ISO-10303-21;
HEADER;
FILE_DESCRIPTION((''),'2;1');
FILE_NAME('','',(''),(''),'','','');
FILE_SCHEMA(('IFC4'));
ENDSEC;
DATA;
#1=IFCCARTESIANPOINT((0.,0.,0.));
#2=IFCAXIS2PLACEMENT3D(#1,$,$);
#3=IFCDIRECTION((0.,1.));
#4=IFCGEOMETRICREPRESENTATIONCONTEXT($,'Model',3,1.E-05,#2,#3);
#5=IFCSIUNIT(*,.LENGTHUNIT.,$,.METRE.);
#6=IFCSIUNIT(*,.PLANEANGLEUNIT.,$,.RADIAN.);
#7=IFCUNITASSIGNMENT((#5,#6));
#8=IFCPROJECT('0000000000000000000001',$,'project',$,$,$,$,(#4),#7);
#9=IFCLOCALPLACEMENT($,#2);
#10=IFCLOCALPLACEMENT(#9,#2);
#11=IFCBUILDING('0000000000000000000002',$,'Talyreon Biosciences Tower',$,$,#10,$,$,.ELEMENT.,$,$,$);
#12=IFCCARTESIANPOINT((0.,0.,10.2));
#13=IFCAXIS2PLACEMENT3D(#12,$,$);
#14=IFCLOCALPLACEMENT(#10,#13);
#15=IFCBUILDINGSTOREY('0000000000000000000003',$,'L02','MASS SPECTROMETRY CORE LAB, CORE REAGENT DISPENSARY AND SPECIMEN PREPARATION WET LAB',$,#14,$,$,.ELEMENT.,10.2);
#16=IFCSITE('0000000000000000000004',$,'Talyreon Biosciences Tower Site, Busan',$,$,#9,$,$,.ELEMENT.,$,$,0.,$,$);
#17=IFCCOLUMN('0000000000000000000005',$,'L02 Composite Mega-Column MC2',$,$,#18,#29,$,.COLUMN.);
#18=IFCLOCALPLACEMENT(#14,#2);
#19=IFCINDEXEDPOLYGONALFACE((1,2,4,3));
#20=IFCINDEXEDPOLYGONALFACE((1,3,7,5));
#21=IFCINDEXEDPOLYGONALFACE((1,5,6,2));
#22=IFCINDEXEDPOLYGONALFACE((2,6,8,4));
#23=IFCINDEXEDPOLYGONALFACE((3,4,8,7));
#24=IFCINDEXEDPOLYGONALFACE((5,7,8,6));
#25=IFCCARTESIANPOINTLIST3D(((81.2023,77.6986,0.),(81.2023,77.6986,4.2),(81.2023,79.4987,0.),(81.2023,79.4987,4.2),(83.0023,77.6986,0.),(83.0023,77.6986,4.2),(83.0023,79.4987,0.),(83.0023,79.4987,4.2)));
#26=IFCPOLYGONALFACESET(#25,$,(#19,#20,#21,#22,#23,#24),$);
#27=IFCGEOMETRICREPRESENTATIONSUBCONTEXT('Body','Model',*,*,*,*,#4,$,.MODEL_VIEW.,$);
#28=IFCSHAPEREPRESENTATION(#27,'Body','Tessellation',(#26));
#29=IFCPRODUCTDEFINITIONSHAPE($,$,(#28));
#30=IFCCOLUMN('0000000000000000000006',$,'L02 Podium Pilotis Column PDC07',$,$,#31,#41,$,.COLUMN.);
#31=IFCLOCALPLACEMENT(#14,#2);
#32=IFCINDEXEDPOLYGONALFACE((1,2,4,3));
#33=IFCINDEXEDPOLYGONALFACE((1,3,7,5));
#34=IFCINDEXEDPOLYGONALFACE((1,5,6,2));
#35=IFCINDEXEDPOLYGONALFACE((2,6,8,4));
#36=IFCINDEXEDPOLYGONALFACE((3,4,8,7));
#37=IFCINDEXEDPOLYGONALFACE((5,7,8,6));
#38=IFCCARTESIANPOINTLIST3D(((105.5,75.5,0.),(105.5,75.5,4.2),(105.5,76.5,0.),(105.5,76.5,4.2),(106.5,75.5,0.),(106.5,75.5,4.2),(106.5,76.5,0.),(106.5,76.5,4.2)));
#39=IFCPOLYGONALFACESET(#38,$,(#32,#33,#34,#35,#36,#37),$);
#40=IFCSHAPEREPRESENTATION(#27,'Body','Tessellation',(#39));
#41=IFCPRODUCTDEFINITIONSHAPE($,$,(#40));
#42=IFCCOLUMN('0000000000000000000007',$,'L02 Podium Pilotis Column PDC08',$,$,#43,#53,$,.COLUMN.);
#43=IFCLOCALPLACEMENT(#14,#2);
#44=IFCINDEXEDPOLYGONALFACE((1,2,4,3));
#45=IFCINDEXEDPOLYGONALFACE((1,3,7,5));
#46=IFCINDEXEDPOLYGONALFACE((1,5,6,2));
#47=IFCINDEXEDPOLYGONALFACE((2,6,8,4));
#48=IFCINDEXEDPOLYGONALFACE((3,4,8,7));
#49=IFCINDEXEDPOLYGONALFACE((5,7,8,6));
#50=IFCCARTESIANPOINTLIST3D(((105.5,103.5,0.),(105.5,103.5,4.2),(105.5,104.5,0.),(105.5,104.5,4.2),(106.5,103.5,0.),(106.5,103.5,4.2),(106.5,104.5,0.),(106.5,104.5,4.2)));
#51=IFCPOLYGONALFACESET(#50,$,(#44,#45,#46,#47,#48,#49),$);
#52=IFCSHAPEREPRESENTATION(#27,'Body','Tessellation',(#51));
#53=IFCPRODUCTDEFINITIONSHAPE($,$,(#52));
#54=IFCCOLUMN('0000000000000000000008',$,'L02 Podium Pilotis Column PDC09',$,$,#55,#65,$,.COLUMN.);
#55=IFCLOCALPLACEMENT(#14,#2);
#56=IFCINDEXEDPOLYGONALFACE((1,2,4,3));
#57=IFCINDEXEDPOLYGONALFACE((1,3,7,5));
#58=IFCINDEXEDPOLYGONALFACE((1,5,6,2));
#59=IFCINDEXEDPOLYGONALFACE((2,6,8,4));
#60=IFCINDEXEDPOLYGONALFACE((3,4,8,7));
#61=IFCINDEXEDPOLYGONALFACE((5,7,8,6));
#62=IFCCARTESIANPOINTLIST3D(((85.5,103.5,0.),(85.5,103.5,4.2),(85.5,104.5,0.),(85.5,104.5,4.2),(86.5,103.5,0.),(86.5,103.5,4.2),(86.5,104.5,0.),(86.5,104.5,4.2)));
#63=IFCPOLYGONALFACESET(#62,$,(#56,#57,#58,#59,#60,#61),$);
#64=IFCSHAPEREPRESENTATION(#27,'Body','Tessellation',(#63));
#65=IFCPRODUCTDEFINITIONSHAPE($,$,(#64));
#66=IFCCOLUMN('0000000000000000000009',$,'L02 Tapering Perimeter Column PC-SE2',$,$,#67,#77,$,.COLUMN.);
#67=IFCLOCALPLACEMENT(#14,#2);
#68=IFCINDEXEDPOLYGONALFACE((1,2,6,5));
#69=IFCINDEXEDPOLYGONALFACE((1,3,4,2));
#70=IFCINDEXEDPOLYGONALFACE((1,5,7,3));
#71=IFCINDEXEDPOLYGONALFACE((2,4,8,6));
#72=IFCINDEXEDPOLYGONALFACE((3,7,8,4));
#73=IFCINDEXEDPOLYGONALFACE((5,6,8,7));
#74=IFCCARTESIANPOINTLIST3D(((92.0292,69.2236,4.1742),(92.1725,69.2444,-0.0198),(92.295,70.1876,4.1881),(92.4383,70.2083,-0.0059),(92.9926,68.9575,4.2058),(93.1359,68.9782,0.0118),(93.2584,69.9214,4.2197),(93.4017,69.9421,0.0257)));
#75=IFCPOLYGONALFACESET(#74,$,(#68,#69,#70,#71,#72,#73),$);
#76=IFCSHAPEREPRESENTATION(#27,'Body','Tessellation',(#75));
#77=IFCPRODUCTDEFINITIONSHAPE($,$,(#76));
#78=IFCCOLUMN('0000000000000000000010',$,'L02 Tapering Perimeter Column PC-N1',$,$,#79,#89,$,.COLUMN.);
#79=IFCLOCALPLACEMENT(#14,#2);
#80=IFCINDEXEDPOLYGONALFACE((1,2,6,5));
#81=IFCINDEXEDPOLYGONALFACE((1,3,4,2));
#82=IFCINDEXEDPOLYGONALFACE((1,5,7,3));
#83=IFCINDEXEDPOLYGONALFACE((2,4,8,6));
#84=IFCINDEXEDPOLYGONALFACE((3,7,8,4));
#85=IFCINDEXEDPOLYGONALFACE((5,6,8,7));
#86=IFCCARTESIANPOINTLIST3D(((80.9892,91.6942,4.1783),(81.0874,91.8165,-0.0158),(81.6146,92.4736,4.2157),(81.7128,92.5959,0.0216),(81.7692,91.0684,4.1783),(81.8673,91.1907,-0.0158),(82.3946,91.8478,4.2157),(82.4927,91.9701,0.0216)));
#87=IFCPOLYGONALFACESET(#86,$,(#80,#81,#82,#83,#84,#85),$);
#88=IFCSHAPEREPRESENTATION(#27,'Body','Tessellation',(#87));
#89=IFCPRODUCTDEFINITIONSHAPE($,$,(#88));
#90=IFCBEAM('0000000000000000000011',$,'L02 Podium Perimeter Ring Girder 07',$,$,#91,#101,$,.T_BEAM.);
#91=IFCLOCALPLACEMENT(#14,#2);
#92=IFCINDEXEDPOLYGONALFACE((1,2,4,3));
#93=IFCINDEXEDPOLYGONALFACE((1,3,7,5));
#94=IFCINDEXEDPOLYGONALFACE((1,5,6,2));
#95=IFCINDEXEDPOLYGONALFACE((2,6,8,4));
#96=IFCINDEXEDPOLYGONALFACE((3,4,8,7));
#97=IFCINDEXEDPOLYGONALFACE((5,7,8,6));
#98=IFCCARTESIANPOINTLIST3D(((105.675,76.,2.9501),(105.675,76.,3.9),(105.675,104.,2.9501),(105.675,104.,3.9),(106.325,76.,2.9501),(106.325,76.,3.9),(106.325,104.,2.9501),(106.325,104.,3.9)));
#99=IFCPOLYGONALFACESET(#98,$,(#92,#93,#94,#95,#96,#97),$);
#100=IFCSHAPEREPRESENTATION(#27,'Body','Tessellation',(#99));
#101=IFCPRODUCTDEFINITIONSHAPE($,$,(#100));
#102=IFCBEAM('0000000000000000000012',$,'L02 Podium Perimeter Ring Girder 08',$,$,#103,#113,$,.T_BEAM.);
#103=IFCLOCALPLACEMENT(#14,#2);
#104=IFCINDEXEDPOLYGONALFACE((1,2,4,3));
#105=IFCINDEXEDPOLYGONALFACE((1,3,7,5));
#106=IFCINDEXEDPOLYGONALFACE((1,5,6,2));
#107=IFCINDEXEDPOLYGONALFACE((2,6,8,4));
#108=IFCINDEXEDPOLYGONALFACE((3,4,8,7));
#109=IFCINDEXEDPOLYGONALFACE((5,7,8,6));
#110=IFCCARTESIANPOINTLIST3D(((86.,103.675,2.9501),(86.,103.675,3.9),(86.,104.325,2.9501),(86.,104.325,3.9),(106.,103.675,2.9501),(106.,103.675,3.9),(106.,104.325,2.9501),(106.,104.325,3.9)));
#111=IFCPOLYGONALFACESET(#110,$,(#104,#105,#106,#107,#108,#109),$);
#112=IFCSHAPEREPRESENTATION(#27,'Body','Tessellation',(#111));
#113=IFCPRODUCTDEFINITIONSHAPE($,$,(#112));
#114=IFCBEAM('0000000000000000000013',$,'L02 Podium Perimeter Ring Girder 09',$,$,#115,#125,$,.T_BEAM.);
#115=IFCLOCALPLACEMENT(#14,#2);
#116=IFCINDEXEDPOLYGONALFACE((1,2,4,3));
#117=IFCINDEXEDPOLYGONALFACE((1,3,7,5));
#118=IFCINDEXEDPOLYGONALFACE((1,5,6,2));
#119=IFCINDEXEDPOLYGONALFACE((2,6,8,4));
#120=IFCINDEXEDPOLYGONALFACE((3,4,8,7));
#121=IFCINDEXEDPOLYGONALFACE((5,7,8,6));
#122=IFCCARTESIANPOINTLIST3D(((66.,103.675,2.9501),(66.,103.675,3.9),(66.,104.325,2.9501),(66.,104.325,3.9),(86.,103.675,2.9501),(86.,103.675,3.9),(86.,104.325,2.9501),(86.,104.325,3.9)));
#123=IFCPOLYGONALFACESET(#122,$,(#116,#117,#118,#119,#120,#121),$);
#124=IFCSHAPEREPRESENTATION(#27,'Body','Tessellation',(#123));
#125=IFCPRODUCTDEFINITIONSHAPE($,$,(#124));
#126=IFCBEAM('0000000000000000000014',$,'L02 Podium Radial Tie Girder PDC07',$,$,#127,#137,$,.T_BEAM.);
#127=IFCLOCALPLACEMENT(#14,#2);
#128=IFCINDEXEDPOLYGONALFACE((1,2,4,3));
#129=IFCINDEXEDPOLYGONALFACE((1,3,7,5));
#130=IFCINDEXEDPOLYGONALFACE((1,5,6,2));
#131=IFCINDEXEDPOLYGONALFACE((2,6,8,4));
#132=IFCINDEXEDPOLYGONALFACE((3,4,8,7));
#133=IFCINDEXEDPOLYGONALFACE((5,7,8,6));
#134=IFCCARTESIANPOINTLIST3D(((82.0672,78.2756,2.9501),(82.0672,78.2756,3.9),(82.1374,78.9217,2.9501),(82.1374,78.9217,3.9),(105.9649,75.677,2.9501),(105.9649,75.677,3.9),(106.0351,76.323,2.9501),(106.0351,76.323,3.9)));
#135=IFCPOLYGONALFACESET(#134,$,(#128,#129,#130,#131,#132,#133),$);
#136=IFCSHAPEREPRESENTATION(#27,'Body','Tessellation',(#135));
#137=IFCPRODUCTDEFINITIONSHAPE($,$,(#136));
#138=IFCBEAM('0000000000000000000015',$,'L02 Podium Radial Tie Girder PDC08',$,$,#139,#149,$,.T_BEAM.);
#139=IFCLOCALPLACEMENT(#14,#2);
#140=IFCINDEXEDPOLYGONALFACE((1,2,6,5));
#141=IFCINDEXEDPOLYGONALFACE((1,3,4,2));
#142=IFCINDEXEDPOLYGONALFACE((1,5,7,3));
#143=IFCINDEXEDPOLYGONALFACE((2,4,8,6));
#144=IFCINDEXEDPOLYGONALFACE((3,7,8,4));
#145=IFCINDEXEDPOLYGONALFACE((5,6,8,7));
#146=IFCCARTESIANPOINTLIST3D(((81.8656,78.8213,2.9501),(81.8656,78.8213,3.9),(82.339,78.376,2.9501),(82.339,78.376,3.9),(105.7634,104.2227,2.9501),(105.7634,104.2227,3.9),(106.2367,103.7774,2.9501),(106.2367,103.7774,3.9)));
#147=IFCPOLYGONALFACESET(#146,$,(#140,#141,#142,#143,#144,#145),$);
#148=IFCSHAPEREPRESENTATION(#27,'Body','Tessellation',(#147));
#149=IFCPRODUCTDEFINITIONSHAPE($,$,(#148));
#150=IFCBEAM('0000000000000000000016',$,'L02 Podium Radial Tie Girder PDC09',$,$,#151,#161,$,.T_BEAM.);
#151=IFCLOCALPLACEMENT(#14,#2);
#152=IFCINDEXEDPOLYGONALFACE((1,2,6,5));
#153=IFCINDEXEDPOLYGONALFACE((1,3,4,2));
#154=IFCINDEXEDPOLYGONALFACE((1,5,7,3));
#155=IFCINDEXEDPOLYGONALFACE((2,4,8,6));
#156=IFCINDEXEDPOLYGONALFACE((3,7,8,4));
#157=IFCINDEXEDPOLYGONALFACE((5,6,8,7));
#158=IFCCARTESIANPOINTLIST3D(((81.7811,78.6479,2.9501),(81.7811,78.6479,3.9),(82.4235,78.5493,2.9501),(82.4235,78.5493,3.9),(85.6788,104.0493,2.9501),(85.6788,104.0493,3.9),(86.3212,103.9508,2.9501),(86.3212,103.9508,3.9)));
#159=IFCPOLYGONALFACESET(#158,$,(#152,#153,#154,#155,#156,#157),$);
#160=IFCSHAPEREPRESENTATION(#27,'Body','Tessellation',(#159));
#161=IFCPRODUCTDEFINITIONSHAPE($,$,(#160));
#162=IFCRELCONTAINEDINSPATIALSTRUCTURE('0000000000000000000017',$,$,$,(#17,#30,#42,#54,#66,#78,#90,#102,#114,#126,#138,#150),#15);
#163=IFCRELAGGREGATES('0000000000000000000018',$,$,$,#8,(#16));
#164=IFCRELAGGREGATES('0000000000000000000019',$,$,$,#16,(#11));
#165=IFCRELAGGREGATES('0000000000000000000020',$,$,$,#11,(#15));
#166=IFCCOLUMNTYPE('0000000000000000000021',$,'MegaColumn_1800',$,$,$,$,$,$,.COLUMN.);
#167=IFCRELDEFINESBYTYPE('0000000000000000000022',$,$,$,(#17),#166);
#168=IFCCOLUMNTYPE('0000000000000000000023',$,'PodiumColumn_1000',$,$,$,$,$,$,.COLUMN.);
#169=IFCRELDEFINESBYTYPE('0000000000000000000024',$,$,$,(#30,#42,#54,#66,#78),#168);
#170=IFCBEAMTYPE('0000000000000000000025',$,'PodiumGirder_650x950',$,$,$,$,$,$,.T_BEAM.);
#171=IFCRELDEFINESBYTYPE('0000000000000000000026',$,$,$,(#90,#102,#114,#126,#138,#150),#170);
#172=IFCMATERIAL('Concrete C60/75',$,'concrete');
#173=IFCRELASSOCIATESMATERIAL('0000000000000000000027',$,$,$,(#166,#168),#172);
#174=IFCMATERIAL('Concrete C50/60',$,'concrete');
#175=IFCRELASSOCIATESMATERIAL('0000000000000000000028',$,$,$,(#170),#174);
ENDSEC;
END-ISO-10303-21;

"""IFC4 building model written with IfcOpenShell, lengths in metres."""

from ifc_helpers import new_model, si_unit, direction, frame, origin, origin_2d, place, context, subcontext, project, spatial, rectangle, extrude, material, material_profile, profile_set, type_object, element, save


model = new_model("IFC4")

# Units and contexts
model_context = context("Model", 3, precision=1e-05, world=origin(), true_north=direction((0.0, 1.0)))
body_context = subcontext(model_context, "Body", "Model", "MODEL_VIEW")
ifc_project = project(units=[si_unit("LENGTHUNIT", "METRE"), si_unit("PLANEANGLEUNIT", "RADIAN")], contexts=[model_context])

# Site, building, storey
site_placement = place(None, origin())
site = spatial("IfcSite", under=ifc_project, at=site_placement, Name="Talyreon Biosciences Tower Site, Busan", CompositionType="ELEMENT", RefElevation=0.0)
building_placement = place(site_placement, origin())
building = spatial("IfcBuilding", under=site, at=building_placement, Name="Talyreon Biosciences Tower", CompositionType="ELEMENT")
storey_placement = place(building_placement, frame((0.0, 0.0, 10.2)))
storey = spatial("IfcBuildingStorey", under=building, at=storey_placement, Name="L02", Description="MASS SPECTROMETRY CORE LAB, CORE REAGENT DISPENSARY AND SPECIMEN PREPARATION WET LAB", CompositionType="ELEMENT", Elevation=10.2)

# Columns
ifc_material_1 = material(Name="Concrete C60/75", Category="concrete")
ifc_material_profile_1 = material_profile(ifc_material_1, rectangle(XDim=1.8, YDim=1.8, at=origin_2d()), Name="RC 1800x1800")
ifc_profile_set_1 = profile_set([ifc_material_profile_1], Name="Concrete C60/75")
column_type_1 = type_object("IfcColumnType", Name="MegaColumn_1800", PredefinedType="COLUMN", material=ifc_profile_set_1)
column_1_placement = place(storey_placement, frame((82.1023, 78.5986, 0.0), z_axis=(0.0, 0.0, 1.0), x_axis=(1.0, 0.0, 0.0)))
element("IfcColumn", 1, at=column_1_placement, inside=storey, type_object=column_type_1, Name="L02 Composite Mega-Column MC2", PredefinedType="COLUMN", context=body_context, shape_type="SweptSolid", body=[
    extrude(rectangle(XDim=1.8, YDim=1.8, at=origin_2d()), origin(), (0.0, 0.0, 1.0), 4.2),
])
ifc_material_profile_2 = material_profile(ifc_material_1, rectangle(XDim=1.0, YDim=1.0, at=origin_2d()), Name="RC 1000x1000")
ifc_profile_set_2 = profile_set([ifc_material_profile_2], Name="Concrete C60/75")
column_type_2 = type_object("IfcColumnType", Name="PodiumColumn_1000", PredefinedType="COLUMN", material=ifc_profile_set_2)
for number, where, z_axis, x_axis, name in (
    (2, (106.0, 76.0, 0.0), (0.0, 0.0, 1.0), (1.0, 0.0, 0.0), "L02 Podium Pilotis Column PDC07"),
    (3, (106.0, 104.0, 0.0), (0.0, 0.0, 1.0), (1.0, 0.0, 0.0), "L02 Podium Pilotis Column PDC08"),
    (4, (86.0, 104.0, 0.0), (0.0, 0.0, 1.0), (1.0, 0.0, 0.0), "L02 Podium Pilotis Column PDC09"),
):
    element("IfcColumn", number, at=place(storey_placement, frame(where, z_axis=z_axis, x_axis=x_axis)), inside=storey, type_object=column_type_2, Name=name, PredefinedType="COLUMN", context=body_context, shape_type="SweptSolid", body=[
        extrude(rectangle(XDim=1.0, YDim=1.0, at=origin_2d()), origin(), (0.0, 0.0, 1.0), 4.2),
    ])
column_2_placement = place(storey_placement, frame((92.7871, 69.5933, 0.0029), z_axis=(-0.034149, -0.004945, 0.999405), x_axis=(0.963404, -0.266183, 0.031602)))
element("IfcColumn", 5, at=column_2_placement, inside=storey, type_object=column_type_2, Name="L02 Tapering Perimeter Column PC-SE2", PredefinedType="COLUMN", context=body_context, shape_type="SweptSolid", body=[
    extrude(rectangle(XDim=1.0, YDim=1.0, at=origin_2d()), origin(), (0.0, 0.0, 1.0), 4.1965),
])
column_3_placement = place(storey_placement, frame((81.79, 91.8933, 0.0029), z_axis=(-0.023384, -0.029143, 0.999302), x_axis=(-0.779957, 0.625834, 0.0)))
element("IfcColumn", 6, at=column_3_placement, inside=storey, type_object=column_type_2, Name="L02 Tapering Perimeter Column PC-N1", PredefinedType="COLUMN", context=body_context, shape_type="SweptSolid", body=[
    extrude(rectangle(XDim=1.0, YDim=1.0, at=origin_2d()), origin(), (0.0, 0.0, 1.0), 4.197),
])

# Beams
ifc_material_2 = material(Name="Concrete C50/60", Category="concrete")
ifc_material_profile_3 = material_profile(ifc_material_2, rectangle(XDim=0.6499, YDim=0.95, at=origin_2d()), Name="RCB 650x950")
ifc_profile_set_3 = profile_set([ifc_material_profile_3], Name="Concrete C50/60")
beam_type_1 = type_object("IfcBeamType", Name="PodiumGirder_650x950", PredefinedType="T_BEAM", material=ifc_profile_set_3)
beam_1_placement = place(storey_placement, frame((106.0, 76.0, 3.425), z_axis=(0.0, 1.0, 0.0), x_axis=(-1.0, 0.0, 0.0)))
element("IfcBeam", 7, at=beam_1_placement, inside=storey, type_object=beam_type_1, Name="L02 Podium Perimeter Ring Girder 07", PredefinedType="T_BEAM", context=body_context, shape_type="SweptSolid", body=[
    extrude(rectangle(XDim=0.6499, YDim=0.95, at=origin_2d()), origin(), (0.0, 0.0, 1.0), 28.0),
])
for number, where, z_axis, x_axis, name in (
    (8, (106.0, 104.0, 3.425), (-1.0, 0.0, 0.0), (0.0, -1.0, 0.0), "L02 Podium Perimeter Ring Girder 08"),
    (9, (86.0, 104.0, 3.425), (-1.0, 0.0, 0.0), (0.0, -1.0, 0.0), "L02 Podium Perimeter Ring Girder 09"),
):
    element("IfcBeam", number, at=place(storey_placement, frame(where, z_axis=z_axis, x_axis=x_axis)), inside=storey, type_object=beam_type_1, Name=name, PredefinedType="T_BEAM", context=body_context, shape_type="SweptSolid", body=[
        extrude(rectangle(XDim=0.6499, YDim=0.95, at=origin_2d()), origin(), (0.0, 0.0, 1.0), 20.0),
    ])
beam_2_placement = place(storey_placement, frame((82.1023, 78.5986, 3.425), z_axis=(0.99414, -0.108103, 0.0), x_axis=(0.108103, 0.99414, 0.0)))
element("IfcBeam", 10, at=beam_2_placement, inside=storey, type_object=beam_type_1, Name="L02 Podium Radial Tie Girder PDC07", PredefinedType="T_BEAM", context=body_context, shape_type="SweptSolid", body=[
    extrude(rectangle(XDim=0.6499, YDim=0.95, at=origin_2d()), origin(), (0.0, 0.0, 1.0), 24.0386),
])
beam_3_placement = place(storey_placement, frame((82.1023, 78.5986, 3.425), z_axis=(0.685221, 0.728335, 0.0), x_axis=(-0.728335, 0.685221, 0.0)))
element("IfcBeam", 11, at=beam_3_placement, inside=storey, type_object=beam_type_1, Name="L02 Podium Radial Tie Girder PDC08", PredefinedType="T_BEAM", context=body_context, shape_type="SweptSolid", body=[
    extrude(rectangle(XDim=0.6499, YDim=0.95, at=origin_2d()), origin(), (0.0, 0.0, 1.0), 34.876),
])
beam_4_placement = place(storey_placement, frame((82.1023, 78.5986, 3.425), z_axis=(0.15167, 0.988431, 0.0), x_axis=(-0.988431, 0.15167, 0.0)))
element("IfcBeam", 12, at=beam_4_placement, inside=storey, type_object=beam_type_1, Name="L02 Podium Radial Tie Girder PDC09", PredefinedType="T_BEAM", context=body_context, shape_type="SweptSolid", body=[
    extrude(rectangle(XDim=0.6499, YDim=0.95, at=origin_2d()), origin(), (0.0, 0.0, 1.0), 25.6987),
])

save(model, "model.ifc")
